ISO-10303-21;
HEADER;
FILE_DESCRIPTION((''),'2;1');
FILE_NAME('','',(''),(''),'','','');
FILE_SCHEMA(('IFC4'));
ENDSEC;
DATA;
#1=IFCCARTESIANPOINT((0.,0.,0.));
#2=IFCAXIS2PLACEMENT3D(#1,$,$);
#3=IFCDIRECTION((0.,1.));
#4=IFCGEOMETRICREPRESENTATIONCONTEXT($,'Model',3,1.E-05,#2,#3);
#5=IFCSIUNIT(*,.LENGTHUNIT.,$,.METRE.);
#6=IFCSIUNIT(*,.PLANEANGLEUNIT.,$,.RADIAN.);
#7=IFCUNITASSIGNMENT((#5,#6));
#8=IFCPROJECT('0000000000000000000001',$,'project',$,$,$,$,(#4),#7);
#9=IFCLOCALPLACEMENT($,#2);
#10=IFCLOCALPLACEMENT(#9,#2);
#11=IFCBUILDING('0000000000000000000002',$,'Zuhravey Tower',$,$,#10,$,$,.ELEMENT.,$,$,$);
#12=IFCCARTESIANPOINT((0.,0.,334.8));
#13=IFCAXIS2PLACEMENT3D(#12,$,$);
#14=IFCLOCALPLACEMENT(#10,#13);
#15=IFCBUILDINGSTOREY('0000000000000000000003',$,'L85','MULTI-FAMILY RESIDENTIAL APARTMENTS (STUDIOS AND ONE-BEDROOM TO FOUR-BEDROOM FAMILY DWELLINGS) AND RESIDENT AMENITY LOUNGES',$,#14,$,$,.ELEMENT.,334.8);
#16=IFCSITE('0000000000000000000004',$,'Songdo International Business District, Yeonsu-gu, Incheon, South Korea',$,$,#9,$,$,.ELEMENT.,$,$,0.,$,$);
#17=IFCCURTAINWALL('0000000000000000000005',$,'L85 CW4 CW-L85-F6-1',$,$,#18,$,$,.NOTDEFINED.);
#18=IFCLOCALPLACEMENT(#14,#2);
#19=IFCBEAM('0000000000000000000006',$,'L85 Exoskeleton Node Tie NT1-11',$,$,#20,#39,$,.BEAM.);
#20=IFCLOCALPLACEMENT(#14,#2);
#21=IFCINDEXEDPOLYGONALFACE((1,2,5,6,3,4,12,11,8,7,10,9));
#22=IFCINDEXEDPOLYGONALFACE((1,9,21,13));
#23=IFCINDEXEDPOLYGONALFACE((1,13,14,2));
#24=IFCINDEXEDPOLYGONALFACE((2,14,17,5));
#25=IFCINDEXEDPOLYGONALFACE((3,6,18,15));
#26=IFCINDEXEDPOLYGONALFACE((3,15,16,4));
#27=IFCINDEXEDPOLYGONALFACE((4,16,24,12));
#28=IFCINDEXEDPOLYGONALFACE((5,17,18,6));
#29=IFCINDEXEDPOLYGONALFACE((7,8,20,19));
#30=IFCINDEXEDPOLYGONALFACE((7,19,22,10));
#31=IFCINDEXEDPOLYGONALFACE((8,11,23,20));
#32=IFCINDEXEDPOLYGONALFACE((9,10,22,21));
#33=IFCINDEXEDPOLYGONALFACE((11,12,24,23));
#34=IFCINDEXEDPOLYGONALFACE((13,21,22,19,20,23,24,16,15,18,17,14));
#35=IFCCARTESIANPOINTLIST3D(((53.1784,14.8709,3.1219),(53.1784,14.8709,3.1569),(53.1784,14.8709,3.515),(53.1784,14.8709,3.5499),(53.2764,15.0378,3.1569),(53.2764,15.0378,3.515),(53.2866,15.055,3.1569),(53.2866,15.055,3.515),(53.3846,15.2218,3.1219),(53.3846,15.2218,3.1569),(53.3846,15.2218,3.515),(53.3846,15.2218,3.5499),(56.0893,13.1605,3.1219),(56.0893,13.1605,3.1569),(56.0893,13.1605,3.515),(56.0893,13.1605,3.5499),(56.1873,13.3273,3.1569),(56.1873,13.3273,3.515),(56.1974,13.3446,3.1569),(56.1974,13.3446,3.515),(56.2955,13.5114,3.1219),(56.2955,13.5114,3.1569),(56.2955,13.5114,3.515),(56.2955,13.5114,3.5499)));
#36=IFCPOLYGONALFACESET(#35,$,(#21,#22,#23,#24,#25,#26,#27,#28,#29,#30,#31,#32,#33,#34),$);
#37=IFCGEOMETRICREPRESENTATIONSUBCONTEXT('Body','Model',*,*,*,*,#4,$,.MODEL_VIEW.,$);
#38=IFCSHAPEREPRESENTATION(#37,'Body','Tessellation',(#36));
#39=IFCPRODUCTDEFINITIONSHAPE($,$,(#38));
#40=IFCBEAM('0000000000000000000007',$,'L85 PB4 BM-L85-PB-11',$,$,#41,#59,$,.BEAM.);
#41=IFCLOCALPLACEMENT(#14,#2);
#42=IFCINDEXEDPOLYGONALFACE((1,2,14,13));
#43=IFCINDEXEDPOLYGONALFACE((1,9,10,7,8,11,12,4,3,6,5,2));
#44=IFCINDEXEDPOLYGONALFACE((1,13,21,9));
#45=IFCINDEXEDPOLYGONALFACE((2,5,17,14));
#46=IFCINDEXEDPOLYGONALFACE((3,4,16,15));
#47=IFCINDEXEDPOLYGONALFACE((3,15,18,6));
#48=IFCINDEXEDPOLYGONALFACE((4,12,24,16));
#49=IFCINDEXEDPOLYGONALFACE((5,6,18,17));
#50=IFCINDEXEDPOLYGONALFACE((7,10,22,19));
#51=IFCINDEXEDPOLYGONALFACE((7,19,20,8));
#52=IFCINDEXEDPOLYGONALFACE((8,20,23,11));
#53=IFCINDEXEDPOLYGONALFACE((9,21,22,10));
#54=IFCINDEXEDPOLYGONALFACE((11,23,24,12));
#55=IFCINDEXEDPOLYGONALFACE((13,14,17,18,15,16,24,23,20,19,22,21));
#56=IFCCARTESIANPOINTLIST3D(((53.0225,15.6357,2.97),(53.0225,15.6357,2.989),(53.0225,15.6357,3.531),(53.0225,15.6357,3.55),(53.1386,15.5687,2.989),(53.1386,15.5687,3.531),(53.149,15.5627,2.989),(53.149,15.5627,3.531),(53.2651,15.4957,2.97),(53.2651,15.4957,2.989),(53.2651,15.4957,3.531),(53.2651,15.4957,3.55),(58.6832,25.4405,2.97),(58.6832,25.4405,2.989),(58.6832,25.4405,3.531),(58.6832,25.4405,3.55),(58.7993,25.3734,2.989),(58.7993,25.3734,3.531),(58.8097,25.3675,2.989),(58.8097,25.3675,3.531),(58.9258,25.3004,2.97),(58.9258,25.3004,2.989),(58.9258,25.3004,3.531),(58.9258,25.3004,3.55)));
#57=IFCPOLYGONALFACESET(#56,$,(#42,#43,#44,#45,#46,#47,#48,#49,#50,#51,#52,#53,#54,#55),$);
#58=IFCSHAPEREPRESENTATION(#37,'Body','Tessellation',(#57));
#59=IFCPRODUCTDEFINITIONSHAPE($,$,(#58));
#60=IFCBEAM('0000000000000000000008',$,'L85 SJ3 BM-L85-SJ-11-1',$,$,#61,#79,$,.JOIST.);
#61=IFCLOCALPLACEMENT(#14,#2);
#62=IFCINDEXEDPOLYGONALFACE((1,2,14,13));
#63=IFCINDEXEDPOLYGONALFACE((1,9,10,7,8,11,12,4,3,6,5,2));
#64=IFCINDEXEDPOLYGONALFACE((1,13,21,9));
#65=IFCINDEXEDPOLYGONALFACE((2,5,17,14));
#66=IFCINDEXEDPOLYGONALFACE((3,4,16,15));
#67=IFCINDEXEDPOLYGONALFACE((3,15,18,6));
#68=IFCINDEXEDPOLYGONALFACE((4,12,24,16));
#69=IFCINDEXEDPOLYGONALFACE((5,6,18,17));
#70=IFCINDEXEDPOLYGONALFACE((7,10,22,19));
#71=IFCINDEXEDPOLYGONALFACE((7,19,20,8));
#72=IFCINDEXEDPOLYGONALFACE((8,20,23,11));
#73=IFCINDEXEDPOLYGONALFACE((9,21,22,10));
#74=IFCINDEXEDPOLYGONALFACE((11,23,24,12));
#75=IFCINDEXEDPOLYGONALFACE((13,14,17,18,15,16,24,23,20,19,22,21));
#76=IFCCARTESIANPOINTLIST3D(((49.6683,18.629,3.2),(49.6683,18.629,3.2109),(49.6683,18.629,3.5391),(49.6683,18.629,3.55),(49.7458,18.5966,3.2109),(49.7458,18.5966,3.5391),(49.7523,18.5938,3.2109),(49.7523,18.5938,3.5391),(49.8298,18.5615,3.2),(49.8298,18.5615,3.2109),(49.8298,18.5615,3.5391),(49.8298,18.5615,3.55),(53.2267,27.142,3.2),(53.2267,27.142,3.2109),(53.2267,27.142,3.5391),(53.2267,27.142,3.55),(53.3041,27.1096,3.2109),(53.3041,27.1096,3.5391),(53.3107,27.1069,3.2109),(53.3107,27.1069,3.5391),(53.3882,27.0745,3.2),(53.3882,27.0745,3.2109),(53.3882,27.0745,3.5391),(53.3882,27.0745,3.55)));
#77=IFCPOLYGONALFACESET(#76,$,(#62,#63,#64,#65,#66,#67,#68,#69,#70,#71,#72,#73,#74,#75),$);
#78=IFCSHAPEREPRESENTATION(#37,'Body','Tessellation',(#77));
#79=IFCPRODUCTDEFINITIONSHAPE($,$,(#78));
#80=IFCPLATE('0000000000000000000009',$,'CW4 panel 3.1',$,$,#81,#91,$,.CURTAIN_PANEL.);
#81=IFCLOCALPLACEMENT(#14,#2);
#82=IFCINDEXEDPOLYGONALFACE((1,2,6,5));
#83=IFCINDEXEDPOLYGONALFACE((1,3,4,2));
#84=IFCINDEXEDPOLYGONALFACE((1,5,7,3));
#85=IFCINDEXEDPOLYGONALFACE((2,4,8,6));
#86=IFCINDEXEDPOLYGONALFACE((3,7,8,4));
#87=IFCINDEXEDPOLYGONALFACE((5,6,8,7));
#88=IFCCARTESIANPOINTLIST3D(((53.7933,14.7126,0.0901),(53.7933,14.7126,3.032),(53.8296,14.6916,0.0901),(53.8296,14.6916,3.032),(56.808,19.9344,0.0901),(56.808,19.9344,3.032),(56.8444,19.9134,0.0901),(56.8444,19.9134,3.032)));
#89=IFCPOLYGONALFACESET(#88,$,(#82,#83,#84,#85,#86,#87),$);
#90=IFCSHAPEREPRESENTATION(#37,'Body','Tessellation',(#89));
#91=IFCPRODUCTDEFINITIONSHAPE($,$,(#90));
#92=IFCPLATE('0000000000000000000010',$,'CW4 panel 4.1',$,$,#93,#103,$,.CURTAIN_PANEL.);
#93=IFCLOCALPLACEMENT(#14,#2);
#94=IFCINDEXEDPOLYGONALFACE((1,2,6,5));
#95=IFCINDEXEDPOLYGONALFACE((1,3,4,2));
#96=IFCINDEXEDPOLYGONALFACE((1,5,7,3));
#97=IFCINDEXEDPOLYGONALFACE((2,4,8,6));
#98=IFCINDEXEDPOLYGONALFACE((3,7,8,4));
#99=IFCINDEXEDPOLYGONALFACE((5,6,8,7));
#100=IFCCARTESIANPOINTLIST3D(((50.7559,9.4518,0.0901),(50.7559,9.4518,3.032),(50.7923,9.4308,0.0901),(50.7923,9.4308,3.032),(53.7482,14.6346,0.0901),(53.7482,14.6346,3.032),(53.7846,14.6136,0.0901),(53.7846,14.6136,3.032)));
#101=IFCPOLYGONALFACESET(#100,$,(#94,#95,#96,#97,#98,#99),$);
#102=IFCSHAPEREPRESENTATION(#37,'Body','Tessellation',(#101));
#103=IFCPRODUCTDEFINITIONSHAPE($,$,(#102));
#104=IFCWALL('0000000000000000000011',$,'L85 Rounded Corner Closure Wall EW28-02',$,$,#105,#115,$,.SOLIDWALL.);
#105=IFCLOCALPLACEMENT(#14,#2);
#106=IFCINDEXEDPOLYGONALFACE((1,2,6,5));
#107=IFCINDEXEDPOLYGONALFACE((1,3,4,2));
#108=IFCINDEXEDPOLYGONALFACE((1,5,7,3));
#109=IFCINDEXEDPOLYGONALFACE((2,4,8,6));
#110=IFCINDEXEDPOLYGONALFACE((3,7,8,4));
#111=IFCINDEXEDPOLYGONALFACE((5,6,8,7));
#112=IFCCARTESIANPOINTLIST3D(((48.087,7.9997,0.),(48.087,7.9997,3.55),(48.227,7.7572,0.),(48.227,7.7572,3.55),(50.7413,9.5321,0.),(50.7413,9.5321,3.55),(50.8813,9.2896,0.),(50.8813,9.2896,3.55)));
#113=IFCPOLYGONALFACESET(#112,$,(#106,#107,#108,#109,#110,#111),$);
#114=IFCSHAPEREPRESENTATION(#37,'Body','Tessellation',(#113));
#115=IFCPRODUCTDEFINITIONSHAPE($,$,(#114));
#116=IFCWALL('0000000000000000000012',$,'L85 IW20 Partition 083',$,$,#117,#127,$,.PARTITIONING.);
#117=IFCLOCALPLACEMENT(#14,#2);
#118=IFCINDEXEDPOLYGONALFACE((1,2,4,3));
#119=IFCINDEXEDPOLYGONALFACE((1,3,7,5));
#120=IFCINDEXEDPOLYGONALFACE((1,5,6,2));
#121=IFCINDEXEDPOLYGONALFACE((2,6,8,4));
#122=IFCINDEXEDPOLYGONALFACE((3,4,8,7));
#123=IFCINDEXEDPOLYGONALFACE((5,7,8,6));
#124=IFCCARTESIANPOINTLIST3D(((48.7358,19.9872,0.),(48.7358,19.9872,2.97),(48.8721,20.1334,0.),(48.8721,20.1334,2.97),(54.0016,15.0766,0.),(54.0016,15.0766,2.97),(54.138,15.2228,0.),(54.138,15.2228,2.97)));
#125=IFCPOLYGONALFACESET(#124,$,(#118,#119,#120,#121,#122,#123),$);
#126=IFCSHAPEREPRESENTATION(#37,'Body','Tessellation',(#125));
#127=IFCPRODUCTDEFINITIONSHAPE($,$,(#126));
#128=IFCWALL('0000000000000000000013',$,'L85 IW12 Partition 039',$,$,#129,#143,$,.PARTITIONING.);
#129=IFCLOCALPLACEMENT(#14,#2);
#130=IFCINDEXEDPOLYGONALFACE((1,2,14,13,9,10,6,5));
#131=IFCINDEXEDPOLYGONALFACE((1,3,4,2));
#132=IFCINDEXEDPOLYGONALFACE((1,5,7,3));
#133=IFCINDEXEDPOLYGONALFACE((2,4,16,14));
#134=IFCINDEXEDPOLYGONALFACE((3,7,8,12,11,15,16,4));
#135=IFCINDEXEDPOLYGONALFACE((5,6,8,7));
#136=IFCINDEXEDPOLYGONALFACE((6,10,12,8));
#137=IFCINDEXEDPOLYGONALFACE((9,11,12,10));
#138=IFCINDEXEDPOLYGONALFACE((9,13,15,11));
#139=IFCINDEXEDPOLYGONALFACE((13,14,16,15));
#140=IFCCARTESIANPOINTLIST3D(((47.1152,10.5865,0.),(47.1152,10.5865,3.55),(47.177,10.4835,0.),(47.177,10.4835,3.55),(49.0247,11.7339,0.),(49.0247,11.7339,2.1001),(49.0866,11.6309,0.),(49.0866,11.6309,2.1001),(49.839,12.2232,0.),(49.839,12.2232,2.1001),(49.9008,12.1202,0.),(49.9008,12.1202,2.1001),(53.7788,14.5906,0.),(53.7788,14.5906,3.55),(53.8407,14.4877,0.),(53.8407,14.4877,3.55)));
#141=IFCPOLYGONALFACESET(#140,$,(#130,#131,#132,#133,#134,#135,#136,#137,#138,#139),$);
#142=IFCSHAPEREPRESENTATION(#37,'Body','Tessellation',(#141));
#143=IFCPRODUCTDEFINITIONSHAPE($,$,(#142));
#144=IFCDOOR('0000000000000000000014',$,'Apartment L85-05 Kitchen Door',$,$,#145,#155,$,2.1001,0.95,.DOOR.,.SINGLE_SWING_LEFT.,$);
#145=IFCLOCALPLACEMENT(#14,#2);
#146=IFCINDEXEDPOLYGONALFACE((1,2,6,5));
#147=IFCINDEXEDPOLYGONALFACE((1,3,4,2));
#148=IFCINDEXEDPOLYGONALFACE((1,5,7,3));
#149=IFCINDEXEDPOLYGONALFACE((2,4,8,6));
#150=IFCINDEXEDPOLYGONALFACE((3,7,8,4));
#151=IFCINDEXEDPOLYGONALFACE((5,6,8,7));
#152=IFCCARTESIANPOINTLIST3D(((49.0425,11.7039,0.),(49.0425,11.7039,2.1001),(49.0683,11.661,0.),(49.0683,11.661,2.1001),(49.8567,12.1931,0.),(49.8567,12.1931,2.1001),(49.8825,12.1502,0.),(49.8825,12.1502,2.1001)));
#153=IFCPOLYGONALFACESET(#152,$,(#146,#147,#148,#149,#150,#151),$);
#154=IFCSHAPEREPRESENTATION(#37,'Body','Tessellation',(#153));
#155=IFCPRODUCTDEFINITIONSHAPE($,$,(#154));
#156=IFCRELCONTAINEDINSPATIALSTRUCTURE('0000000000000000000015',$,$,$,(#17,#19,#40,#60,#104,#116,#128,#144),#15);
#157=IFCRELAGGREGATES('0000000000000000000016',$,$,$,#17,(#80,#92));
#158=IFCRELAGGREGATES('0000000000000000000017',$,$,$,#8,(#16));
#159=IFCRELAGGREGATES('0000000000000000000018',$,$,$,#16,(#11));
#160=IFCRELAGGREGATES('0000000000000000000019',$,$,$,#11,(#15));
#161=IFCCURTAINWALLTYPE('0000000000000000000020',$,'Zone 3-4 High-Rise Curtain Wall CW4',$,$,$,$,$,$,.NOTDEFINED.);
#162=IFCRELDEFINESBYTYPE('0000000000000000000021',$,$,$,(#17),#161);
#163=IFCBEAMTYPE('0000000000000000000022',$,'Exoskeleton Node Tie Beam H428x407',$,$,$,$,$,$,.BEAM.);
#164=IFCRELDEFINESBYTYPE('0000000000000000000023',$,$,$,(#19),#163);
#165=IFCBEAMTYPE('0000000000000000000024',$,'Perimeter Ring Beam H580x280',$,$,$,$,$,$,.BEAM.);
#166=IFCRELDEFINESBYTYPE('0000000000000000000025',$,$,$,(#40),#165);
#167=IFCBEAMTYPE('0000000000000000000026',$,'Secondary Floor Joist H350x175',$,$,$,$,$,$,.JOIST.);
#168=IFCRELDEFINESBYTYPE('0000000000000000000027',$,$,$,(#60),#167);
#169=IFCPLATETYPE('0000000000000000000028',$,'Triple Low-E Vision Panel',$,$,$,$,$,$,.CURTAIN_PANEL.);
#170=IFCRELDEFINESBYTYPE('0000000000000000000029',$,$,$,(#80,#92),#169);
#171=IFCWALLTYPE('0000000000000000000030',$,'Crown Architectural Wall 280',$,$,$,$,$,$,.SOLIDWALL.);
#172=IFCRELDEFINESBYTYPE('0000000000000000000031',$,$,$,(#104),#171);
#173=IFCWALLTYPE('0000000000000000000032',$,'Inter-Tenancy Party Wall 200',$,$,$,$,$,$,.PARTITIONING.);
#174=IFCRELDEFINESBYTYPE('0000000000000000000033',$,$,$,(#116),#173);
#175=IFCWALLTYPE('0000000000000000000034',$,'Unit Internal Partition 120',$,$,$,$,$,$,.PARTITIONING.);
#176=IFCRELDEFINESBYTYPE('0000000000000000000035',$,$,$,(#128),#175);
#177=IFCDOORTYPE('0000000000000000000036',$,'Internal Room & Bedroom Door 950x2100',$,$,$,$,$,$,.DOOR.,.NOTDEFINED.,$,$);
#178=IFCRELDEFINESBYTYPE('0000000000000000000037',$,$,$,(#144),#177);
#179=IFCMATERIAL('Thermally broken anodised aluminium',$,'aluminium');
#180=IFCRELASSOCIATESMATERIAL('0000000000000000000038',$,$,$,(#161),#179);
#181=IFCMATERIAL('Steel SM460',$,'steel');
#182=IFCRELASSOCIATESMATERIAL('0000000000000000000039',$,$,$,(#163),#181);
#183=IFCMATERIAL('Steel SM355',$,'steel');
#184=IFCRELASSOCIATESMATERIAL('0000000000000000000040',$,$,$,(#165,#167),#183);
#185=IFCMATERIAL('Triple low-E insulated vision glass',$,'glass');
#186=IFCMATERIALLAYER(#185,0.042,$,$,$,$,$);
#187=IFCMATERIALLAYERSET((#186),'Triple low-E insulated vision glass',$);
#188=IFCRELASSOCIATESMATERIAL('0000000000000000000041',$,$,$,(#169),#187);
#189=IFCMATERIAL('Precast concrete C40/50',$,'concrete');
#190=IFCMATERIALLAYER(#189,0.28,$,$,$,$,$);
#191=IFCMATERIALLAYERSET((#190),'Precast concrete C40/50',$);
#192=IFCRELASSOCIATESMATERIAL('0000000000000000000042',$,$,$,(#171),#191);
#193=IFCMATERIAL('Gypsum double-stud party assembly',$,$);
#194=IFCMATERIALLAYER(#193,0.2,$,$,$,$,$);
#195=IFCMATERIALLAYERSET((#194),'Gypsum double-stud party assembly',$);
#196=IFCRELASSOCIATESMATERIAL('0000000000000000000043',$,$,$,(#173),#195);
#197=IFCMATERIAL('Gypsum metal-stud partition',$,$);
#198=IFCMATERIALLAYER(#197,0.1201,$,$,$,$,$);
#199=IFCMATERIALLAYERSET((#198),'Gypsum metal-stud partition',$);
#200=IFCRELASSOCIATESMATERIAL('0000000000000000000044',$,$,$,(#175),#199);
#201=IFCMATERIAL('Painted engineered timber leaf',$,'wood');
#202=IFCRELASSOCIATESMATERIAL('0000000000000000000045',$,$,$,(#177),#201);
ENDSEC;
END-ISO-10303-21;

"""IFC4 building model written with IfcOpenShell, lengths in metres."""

from ifc_helpers import new_model, si_unit, direction, frame, frame_2d, origin, origin_2d, place, context, subcontext, project, spatial, rectangle, i_section, extrude, material, layer, layer_set, material_profile, profile_set, type_object, element, fill, aggregate, save


model = new_model("IFC4")

# Units and contexts
model_context = context("Model", 3, precision=1e-05, world=origin(), true_north=direction((0.0, 1.0)))
body_context = subcontext(model_context, "Body", "Model", "MODEL_VIEW")
ifc_project = project(units=[si_unit("LENGTHUNIT", "METRE"), si_unit("PLANEANGLEUNIT", "RADIAN")], contexts=[model_context])

# Site, building, storey
site_placement = place(None, origin())
site = spatial("IfcSite", under=ifc_project, at=site_placement, Name="Songdo International Business District, Yeonsu-gu, Incheon, South Korea", CompositionType="ELEMENT", RefElevation=0.0)
building_placement = place(site_placement, origin())
building = spatial("IfcBuilding", under=site, at=building_placement, Name="Zuhravey Tower", CompositionType="ELEMENT")
storey_placement = place(building_placement, frame((0.0, 0.0, 334.8)))
storey = spatial("IfcBuildingStorey", under=building, at=storey_placement, Name="L85", Description="MULTI-FAMILY RESIDENTIAL APARTMENTS (STUDIOS AND ONE-BEDROOM TO FOUR-BEDROOM FAMILY DWELLINGS) AND RESIDENT AMENITY LOUNGES", CompositionType="ELEMENT", Elevation=334.8)

# Curtain wall
ifc_material_1 = material(Name="Thermally broken anodised aluminium", Category="aluminium")
curtain_wall_type = type_object("IfcCurtainWallType", Name="Zone 3-4 High-Rise Curtain Wall CW4", PredefinedType="NOTDEFINED", material=ifc_material_1)
curtain_wall_1_placement = place(storey_placement, origin())
curtain_wall_1 = element("IfcCurtainWall", 1, at=curtain_wall_1_placement, inside=storey, type_object=curtain_wall_type, Name="L85 CW4 CW-L85-F6-1", PredefinedType="NOTDEFINED")

# Beams
ifc_material_2 = material(Name="Steel SM460", Category="steel")
ifc_material_profile_1 = material_profile(ifc_material_2, i_section(OverallWidth=0.407, OverallDepth=0.428, WebThickness=0.02, FlangeThickness=0.0349, at=origin_2d()), Name="H-428x407x20x35")
ifc_profile_set_1 = profile_set([ifc_material_profile_1], Name="Steel SM460")
beam_type_1 = type_object("IfcBeamType", Name="Exoskeleton Node Tie Beam H428x407", PredefinedType="BEAM", material=ifc_profile_set_1)
beam_1_placement = place(storey_placement, frame((53.2815, 15.0464, 3.3359), z_axis=(0.862172, -0.506616, 0.0), x_axis=(0.506616, 0.862172, 0.0)))
element("IfcBeam", 2, at=beam_1_placement, inside=storey, type_object=beam_type_1, Name="L85 Exoskeleton Node Tie NT1-11", PredefinedType="BEAM", context=body_context, shape_type="SweptSolid", body=[
    extrude(i_section(OverallWidth=0.407, OverallDepth=0.428, WebThickness=0.02, FlangeThickness=0.0349, at=origin_2d()), origin(), (0.0, 0.0, 1.0), 3.3762),
])
ifc_material_3 = material(Name="Steel SM355", Category="steel")
ifc_material_profile_2 = material_profile(ifc_material_3, i_section(OverallWidth=0.28, OverallDepth=0.5801, WebThickness=0.012, FlangeThickness=0.019, at=origin_2d()), Name="H-580x280x12x19")
ifc_profile_set_2 = profile_set([ifc_material_profile_2], Name="Steel SM355")
beam_type_2 = type_object("IfcBeamType", Name="Perimeter Ring Beam H580x280", PredefinedType="BEAM", material=ifc_profile_set_2)
beam_2_placement = place(storey_placement, frame((53.1438, 15.5657, 3.26), z_axis=(0.499994, 0.866029, 0.0), x_axis=(-0.866029, 0.499994, 0.0)))
element("IfcBeam", 3, at=beam_2_placement, inside=storey, type_object=beam_type_2, Name="L85 PB4 BM-L85-PB-11", PredefinedType="BEAM", context=body_context, shape_type="SweptSolid", body=[
    extrude(i_section(OverallWidth=0.28, OverallDepth=0.5801, WebThickness=0.012, FlangeThickness=0.019, at=origin_2d()), origin(), (0.0, 0.0, 1.0), 11.3215),
])
ifc_material_profile_3 = material_profile(ifc_material_3, i_section(OverallWidth=0.175, OverallDepth=0.3501, WebThickness=0.0071, FlangeThickness=0.011, at=origin_2d()), Name="H-350x175x7x11")
ifc_profile_set_3 = profile_set([ifc_material_profile_3], Name="Steel SM355")
beam_type_3 = type_object("IfcBeamType", Name="Secondary Floor Joist H350x175", PredefinedType="JOIST", material=ifc_profile_set_3)
beam_3_placement = place(storey_placement, frame((49.749, 18.5952, 3.375), z_axis=(0.385658, 0.922642, 0.0), x_axis=(-0.922642, 0.385658, 0.0)))
element("IfcBeam", 4, at=beam_3_placement, inside=storey, type_object=beam_type_3, Name="L85 SJ3 BM-L85-SJ-11-1", PredefinedType="JOIST", context=body_context, shape_type="SweptSolid", body=[
    extrude(i_section(OverallWidth=0.175, OverallDepth=0.3501, WebThickness=0.0071, FlangeThickness=0.011, at=origin_2d()), origin(), (0.0, 0.0, 1.0), 9.2268),
])

# Plates
ifc_material_4 = material(Name="Triple low-E insulated vision glass", Category="glass")
ifc_layer_1 = layer(ifc_material_4, 0.042)
ifc_layer_set_1 = layer_set([ifc_layer_1], Name="Triple low-E insulated vision glass")
plate_type = type_object("IfcPlateType", Name="Triple Low-E Vision Panel", PredefinedType="CURTAIN_PANEL", material=ifc_layer_set_1)
plate_1_placement = place(storey_placement, frame((55.3188, 17.313, 0.0901), z_axis=(0.0, 0.0, 1.0), x_axis=(-0.5, -0.866026, 0.0)))
plate_1 = element("IfcPlate", 5, at=plate_1_placement, type_object=plate_type, Name="CW4 panel 3.1", PredefinedType="CURTAIN_PANEL", context=body_context, shape_type="SweptSolid", body=[
    extrude(rectangle(XDim=6.0295, YDim=0.042, at=origin_2d()), origin(), (0.0, 0.0, 1.0), 2.9419),
])
plate_2_placement = place(storey_placement, frame((52.2703, 12.0327, 0.0901), z_axis=(0.0, 0.0, 1.0), x_axis=(-0.5, -0.866026, 0.0)))
plate_2 = element("IfcPlate", 6, at=plate_2_placement, type_object=plate_type, Name="CW4 panel 4.1", PredefinedType="CURTAIN_PANEL", context=body_context, shape_type="SweptSolid", body=[
    extrude(rectangle(XDim=5.9846, YDim=0.042, at=origin_2d()), origin(), (0.0, 0.0, 1.0), 2.9419),
])
aggregate(curtain_wall_1, [plate_1, plate_2])

# Walls
ifc_material_5 = material(Name="Precast concrete C40/50", Category="concrete")
ifc_layer_2 = layer(ifc_material_5, 0.28)
ifc_layer_set_2 = layer_set([ifc_layer_2], Name="Precast concrete C40/50")
wall_type_1 = type_object("IfcWallType", Name="Crown Architectural Wall 280", PredefinedType="SOLIDWALL", material=ifc_layer_set_2)
wall_1_placement = place(storey_placement, frame((50.8113, 9.4109, 0.0), z_axis=(0.0, 0.0, 1.0), x_axis=(-0.866024, -0.500003, 0.0)))
element("IfcWall", 7, at=wall_1_placement, inside=storey, type_object=wall_type_1, Name="L85 Rounded Corner Closure Wall EW28-02", PredefinedType="SOLIDWALL", context=body_context, shape_type="SweptSolid", body=[
    extrude(rectangle(XDim=3.0649, YDim=0.28, at=frame_2d((1.5325, 0.0))), origin(), (0.0, 0.0, 1.0), 3.55),
])
ifc_material_6 = material(Name="Gypsum double-stud party assembly")
ifc_layer_3 = layer(ifc_material_6, 0.2)
ifc_layer_set_3 = layer_set([ifc_layer_3], Name="Gypsum double-stud party assembly")
wall_type_2 = type_object("IfcWallType", Name="Inter-Tenancy Party Wall 200", PredefinedType="PARTITIONING", material=ifc_layer_set_3)
wall_2_placement = place(storey_placement, frame((48.804, 20.0603, 0.0), z_axis=(0.0, 0.0, 1.0), x_axis=(0.731344, -0.682009, 0.0)))
element("IfcWall", 8, at=wall_2_placement, inside=storey, type_object=wall_type_2, Name="L85 IW20 Partition 083", PredefinedType="PARTITIONING", context=body_context, shape_type="SweptSolid", body=[
    extrude(rectangle(XDim=7.2002, YDim=0.2, at=frame_2d((3.6001, 0.0))), origin(), (0.0, 0.0, 1.0), 2.97),
])

# Wall, opening, door
ifc_material_7 = material(Name="Gypsum metal-stud partition")
ifc_layer_4 = layer(ifc_material_7, 0.1201)
ifc_layer_set_4 = layer_set([ifc_layer_4], Name="Gypsum metal-stud partition")
wall_type_3 = type_object("IfcWallType", Name="Unit Internal Partition 120", PredefinedType="PARTITIONING", material=ifc_layer_set_4)
wall_3_placement = place(storey_placement, frame((47.146, 10.5349, 0.0), z_axis=(0.0, 0.0, 1.0), x_axis=(0.857152, 0.515064, 0.0)))
wall_3 = element("IfcWall", 9, at=wall_3_placement, inside=storey, type_object=wall_type_3, Name="L85 IW12 Partition 039", PredefinedType="PARTITIONING", context=body_context, shape_type="SweptSolid", body=[
    extrude(rectangle(XDim=7.7742, YDim=0.1201, at=frame_2d((3.8872, 0.0))), origin(), (0.0, 0.0, 1.0), 3.55),
])
opening_1_placement = place(wall_3_placement, frame((2.2278, 0.0, 0.0)))
opening_1 = element("IfcOpeningElement", 10, at=opening_1_placement, cuts=wall_3, PredefinedType="OPENING", context=body_context, shape_type="SweptSolid", body=[
    extrude(rectangle(XDim=0.95, YDim=2.1001, at=frame_2d((0.4751, 1.05))), frame((0.0, 0.072, 0.0), z_axis=(0.0, -1.0, 0.0), x_axis=(1.0, 0.0, 0.0)), (0.0, 0.0, 1.0), 0.144),
])
ifc_material_8 = material(Name="Painted engineered timber leaf", Category="wood")
door_type_1 = type_object("IfcDoorType", Name="Internal Room & Bedroom Door 950x2100", OperationType="NOTDEFINED", PredefinedType="DOOR", material=ifc_material_8)
door_1_placement = place(opening_1_placement, frame((0.95, 0.0, 0.0), z_axis=(0.0, 0.0, 1.0), x_axis=(-1.0, 0.0, 0.0)))
door_1 = element("IfcDoor", 11, at=door_1_placement, inside=storey, type_object=door_type_1, Name="Apartment L85-05 Kitchen Door", OperationType="SINGLE_SWING_LEFT", OverallHeight=2.1001, OverallWidth=0.95, PredefinedType="DOOR", context=body_context, shape_type="SweptSolid", body=[
    extrude(rectangle(XDim=0.95, YDim=2.1001, at=frame_2d((0.4751, 1.05))), frame((0.0, 0.0249, 0.0), z_axis=(0.0, -1.0, 0.0), x_axis=(1.0, 0.0, 0.0)), (0.0, 0.0, 1.0), 0.05),
])
fill(opening_1, door_1)

save(model, "model.ifc")
